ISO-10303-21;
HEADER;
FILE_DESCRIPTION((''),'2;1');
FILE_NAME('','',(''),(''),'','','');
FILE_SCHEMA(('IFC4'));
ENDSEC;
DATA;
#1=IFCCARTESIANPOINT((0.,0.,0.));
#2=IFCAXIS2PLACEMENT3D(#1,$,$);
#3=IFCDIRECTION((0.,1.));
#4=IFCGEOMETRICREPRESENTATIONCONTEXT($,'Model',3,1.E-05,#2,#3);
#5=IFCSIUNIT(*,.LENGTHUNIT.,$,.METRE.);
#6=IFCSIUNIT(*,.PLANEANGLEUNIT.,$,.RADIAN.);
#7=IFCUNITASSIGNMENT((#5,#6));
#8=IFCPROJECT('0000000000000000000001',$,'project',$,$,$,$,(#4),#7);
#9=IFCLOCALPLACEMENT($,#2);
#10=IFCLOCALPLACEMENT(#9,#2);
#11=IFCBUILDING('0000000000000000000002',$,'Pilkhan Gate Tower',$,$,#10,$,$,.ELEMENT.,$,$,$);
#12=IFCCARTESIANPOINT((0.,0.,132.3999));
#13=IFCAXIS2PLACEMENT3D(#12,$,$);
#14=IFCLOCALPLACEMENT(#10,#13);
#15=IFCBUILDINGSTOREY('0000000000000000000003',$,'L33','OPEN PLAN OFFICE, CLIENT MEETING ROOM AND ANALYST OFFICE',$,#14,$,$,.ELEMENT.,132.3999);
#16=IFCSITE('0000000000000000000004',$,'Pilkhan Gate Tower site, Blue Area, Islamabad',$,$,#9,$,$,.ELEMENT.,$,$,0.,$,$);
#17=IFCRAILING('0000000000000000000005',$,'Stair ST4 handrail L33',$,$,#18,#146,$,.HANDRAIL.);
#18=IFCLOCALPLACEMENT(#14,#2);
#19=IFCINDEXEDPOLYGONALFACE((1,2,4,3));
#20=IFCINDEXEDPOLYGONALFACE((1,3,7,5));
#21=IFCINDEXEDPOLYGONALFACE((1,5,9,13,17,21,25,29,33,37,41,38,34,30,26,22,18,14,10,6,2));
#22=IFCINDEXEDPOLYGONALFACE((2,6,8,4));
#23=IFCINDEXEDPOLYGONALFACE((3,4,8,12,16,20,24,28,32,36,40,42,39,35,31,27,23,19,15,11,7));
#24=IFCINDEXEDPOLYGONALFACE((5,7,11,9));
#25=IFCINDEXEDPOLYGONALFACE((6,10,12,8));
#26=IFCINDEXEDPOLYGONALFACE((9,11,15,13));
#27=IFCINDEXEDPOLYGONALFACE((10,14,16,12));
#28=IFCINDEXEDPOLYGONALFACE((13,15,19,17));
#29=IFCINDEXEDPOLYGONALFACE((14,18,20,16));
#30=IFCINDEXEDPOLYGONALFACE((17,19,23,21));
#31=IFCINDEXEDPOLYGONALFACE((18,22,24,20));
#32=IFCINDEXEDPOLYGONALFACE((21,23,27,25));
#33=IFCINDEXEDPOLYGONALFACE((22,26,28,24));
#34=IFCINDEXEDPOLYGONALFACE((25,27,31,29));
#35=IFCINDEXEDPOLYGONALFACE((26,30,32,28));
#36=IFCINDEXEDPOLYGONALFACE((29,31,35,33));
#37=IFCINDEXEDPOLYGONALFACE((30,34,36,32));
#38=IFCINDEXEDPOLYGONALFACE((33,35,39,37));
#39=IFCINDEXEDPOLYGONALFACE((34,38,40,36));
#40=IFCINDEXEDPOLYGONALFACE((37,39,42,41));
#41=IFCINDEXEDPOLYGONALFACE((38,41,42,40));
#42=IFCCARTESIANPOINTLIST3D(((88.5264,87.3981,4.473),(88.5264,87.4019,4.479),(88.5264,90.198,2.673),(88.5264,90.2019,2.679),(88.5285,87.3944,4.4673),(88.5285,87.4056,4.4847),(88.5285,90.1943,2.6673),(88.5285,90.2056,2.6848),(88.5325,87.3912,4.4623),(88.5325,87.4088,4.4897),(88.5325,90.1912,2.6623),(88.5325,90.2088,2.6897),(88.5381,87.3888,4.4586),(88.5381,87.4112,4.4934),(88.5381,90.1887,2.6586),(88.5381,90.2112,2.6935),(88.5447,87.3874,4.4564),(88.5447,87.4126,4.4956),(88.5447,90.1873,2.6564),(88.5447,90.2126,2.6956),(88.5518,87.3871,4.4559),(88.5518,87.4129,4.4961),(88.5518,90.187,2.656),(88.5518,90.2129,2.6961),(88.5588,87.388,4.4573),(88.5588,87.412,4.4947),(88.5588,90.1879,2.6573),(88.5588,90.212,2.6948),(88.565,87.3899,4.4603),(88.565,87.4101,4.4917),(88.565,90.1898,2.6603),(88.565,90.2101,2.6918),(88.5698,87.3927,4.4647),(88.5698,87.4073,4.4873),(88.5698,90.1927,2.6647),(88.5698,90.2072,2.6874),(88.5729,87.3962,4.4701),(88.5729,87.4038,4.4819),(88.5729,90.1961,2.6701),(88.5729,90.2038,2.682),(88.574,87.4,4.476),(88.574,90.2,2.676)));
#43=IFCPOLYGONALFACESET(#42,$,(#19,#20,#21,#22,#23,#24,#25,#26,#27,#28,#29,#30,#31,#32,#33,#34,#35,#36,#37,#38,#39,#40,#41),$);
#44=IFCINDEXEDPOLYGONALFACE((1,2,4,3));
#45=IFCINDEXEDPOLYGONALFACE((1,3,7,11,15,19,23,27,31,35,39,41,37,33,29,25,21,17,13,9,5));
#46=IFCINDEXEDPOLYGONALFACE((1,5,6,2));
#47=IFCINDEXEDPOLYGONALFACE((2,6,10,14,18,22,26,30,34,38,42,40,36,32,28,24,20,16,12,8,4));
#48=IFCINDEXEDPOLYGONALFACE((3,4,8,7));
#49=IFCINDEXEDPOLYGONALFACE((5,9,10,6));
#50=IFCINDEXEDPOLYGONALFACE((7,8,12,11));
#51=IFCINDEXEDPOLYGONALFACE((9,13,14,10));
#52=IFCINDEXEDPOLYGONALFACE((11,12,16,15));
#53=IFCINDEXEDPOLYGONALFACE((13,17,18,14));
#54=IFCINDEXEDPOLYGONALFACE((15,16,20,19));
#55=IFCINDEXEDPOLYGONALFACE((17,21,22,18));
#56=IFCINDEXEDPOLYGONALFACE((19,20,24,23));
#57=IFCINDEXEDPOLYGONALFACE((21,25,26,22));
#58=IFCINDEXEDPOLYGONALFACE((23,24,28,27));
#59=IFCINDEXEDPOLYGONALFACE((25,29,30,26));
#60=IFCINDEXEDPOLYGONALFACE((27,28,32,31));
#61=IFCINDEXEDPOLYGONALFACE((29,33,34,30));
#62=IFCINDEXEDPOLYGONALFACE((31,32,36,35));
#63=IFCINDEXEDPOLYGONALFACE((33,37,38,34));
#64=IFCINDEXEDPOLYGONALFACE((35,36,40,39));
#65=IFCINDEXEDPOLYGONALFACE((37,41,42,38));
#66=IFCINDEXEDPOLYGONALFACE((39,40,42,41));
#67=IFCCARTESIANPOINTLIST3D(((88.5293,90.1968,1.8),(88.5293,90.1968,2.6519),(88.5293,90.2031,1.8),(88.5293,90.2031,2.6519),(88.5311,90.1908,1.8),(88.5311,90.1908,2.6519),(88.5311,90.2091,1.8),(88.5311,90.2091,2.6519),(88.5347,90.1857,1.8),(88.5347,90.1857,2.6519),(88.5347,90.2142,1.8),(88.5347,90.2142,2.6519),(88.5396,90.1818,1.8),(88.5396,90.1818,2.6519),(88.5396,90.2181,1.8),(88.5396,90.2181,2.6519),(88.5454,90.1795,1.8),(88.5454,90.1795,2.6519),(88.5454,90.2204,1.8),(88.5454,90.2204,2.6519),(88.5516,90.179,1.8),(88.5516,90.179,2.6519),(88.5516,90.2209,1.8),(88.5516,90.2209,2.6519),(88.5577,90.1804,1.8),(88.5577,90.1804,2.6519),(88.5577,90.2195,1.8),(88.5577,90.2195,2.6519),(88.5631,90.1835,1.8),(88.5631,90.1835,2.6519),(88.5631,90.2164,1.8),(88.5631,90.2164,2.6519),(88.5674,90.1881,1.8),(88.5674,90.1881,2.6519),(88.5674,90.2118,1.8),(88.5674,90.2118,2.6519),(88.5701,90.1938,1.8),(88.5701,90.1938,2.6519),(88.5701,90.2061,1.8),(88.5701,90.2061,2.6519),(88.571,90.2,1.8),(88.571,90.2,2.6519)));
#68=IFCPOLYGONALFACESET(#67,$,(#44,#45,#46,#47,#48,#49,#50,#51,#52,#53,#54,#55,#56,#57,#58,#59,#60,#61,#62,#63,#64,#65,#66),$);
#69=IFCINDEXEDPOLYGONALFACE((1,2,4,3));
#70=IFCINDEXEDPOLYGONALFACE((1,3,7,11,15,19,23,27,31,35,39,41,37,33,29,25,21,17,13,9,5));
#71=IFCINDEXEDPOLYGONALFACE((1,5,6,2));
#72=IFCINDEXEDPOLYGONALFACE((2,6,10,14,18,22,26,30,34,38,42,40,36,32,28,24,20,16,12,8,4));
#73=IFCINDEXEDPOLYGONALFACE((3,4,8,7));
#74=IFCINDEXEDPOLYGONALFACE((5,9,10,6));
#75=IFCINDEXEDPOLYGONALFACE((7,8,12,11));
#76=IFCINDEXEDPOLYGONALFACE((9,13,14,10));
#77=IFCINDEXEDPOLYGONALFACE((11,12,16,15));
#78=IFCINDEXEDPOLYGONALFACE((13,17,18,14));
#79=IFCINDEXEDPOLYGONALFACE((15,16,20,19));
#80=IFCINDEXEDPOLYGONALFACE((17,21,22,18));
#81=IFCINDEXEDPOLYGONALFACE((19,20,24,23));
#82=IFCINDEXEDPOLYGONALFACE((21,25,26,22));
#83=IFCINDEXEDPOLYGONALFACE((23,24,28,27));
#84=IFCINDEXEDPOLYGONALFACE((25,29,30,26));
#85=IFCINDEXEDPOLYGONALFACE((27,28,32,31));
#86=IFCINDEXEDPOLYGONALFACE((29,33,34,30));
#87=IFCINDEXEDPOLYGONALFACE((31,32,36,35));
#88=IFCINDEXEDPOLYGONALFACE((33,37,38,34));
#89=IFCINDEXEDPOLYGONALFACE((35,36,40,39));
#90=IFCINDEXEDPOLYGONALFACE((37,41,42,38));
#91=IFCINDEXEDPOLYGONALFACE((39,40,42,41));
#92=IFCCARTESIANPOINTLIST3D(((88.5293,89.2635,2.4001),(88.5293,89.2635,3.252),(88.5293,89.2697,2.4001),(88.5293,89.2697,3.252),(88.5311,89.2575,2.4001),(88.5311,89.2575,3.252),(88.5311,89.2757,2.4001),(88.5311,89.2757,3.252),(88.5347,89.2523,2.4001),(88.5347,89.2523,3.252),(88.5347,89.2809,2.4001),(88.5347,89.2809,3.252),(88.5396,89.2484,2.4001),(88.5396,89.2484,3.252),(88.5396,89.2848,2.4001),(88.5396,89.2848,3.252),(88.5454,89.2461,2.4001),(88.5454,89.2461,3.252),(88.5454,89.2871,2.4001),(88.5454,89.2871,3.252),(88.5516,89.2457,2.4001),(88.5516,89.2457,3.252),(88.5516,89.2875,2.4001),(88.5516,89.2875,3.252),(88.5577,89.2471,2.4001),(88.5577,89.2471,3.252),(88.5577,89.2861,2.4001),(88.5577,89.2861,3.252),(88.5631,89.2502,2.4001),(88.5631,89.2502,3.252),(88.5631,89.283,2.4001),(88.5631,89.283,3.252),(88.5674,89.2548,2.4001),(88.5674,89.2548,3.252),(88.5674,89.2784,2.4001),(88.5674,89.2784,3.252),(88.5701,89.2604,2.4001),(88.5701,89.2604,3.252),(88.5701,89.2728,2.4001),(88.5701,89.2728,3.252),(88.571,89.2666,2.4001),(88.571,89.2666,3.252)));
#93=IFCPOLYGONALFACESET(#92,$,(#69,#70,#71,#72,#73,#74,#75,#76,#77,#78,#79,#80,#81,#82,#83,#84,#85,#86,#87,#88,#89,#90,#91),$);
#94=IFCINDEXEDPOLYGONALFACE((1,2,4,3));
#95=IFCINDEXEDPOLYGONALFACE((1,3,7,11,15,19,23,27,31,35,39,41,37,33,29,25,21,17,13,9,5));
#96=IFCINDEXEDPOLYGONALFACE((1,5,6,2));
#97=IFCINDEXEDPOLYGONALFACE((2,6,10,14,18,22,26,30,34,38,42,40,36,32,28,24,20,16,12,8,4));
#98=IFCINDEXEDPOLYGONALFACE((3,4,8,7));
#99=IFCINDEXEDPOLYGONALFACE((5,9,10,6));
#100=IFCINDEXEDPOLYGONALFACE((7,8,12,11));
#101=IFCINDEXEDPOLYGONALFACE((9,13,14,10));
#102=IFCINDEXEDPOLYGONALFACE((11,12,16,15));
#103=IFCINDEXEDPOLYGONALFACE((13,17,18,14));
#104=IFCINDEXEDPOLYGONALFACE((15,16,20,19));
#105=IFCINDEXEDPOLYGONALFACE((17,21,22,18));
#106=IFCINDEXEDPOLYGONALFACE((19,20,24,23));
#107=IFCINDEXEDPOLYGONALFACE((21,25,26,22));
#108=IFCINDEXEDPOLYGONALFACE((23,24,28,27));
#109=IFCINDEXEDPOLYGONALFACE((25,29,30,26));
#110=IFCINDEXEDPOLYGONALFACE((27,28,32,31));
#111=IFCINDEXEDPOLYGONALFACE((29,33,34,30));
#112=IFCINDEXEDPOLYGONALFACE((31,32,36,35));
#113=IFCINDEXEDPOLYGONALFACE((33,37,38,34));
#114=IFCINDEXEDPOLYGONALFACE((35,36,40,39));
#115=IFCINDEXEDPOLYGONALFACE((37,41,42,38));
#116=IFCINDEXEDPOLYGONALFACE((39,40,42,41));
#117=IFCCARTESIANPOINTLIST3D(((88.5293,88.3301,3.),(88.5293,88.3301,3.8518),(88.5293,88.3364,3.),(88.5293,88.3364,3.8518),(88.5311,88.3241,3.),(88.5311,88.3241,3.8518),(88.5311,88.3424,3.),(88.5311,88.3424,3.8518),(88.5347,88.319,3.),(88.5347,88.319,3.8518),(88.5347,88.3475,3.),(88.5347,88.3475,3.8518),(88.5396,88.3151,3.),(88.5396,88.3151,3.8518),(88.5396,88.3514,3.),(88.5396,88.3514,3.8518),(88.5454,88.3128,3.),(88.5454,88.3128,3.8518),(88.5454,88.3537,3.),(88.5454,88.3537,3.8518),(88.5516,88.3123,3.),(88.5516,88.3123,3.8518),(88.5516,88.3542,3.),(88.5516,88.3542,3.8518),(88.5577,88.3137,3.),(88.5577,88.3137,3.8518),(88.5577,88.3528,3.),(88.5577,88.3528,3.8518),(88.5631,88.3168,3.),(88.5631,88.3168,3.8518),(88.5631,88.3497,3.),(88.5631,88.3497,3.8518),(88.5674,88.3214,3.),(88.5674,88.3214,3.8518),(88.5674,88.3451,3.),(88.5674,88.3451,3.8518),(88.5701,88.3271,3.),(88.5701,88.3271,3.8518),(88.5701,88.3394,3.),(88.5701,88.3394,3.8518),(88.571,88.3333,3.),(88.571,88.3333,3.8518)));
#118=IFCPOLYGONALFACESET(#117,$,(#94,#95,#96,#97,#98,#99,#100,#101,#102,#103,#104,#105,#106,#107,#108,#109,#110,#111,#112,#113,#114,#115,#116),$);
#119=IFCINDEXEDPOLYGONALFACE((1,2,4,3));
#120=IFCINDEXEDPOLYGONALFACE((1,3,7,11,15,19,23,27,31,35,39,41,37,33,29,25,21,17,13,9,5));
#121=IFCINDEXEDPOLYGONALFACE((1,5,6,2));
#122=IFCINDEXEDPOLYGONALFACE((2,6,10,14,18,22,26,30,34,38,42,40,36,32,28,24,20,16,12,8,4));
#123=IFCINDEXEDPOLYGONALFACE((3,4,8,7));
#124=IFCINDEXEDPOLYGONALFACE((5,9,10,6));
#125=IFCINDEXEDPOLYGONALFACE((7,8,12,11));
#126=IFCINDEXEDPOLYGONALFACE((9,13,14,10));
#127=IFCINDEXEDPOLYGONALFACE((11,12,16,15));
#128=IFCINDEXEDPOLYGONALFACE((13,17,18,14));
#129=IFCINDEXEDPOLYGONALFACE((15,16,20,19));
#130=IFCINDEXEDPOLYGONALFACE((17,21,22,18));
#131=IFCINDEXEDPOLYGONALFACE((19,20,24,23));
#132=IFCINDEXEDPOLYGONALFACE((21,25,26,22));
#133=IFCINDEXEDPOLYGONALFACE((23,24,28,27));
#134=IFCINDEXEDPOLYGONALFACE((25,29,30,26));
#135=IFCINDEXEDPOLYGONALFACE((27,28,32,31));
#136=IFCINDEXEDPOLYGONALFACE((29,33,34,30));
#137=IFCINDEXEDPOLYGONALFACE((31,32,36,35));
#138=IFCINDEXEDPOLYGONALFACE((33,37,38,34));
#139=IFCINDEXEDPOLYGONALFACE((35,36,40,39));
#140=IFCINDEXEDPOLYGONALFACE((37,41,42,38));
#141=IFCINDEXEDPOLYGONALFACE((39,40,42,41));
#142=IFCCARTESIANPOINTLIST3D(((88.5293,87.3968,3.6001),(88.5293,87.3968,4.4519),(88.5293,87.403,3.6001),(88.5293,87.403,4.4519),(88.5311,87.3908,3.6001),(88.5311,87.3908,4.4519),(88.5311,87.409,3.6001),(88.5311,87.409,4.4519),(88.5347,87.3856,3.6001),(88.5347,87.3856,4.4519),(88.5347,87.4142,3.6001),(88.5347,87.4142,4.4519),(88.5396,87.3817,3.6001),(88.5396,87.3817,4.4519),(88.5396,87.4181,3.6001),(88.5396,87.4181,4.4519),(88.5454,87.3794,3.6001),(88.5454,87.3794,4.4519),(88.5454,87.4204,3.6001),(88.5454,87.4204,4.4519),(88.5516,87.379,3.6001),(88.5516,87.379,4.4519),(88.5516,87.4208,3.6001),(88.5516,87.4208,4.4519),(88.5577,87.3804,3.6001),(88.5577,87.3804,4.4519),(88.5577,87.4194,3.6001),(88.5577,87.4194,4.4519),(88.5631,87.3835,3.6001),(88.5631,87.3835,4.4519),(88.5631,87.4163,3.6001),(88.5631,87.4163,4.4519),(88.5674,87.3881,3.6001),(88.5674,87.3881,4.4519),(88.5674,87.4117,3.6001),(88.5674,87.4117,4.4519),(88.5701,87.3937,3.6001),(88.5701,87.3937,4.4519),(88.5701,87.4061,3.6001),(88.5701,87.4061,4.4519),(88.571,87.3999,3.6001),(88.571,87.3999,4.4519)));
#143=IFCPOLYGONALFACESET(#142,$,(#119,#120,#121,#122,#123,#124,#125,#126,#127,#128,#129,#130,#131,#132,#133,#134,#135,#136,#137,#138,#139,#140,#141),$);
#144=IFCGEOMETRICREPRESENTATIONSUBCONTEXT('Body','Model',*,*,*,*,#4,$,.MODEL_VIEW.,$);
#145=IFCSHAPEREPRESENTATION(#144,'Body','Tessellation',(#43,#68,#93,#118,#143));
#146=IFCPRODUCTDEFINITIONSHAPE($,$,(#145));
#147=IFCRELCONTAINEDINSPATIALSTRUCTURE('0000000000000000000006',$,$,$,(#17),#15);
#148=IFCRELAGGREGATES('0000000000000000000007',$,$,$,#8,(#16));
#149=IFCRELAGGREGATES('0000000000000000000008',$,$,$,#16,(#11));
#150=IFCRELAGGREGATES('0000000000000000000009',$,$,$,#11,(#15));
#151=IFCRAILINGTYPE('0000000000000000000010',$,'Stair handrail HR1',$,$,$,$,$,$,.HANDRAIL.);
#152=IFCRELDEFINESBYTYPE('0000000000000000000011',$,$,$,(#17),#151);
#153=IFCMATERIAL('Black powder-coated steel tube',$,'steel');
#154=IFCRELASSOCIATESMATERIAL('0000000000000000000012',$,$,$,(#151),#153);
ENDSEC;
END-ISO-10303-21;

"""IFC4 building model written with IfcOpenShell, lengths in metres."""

from ifc_helpers import new_model, si_unit, direction, frame, origin, origin_2d, place, context, subcontext, project, spatial, circle, extrude, material, type_object, element, save


model = new_model("IFC4")

# Units and contexts
model_context = context("Model", 3, precision=1e-05, world=origin(), true_north=direction((0.0, 1.0)))
body_context = subcontext(model_context, "Body", "Model", "MODEL_VIEW")
ifc_project = project(units=[si_unit("LENGTHUNIT", "METRE"), si_unit("PLANEANGLEUNIT", "RADIAN")], contexts=[model_context])

# Site, building, storey
site_placement = place(None, origin())
site = spatial("IfcSite", under=ifc_project, at=site_placement, Name="Pilkhan Gate Tower site, Blue Area, Islamabad", CompositionType="ELEMENT", RefElevation=0.0)
building_placement = place(site_placement, origin())
building = spatial("IfcBuilding", under=site, at=building_placement, Name="Pilkhan Gate Tower", CompositionType="ELEMENT")
storey_placement = place(building_placement, frame((0.0, 0.0, 132.3999)))
storey = spatial("IfcBuildingStorey", under=building, at=storey_placement, Name="L33", Description="OPEN PLAN OFFICE, CLIENT MEETING ROOM AND ANALYST OFFICE", CompositionType="ELEMENT", Elevation=132.3999)

# Railing
ifc_material_1 = material(Name="Black powder-coated steel tube", Category="steel")
railing_type_1 = type_object("IfcRailingType", Name="Stair handrail HR1", PredefinedType="HANDRAIL", material=ifc_material_1)
railing_1_placement = place(storey_placement, frame((88.55, 90.2, 1.8)))
element("IfcRailing", 1, at=railing_1_placement, inside=storey, type_object=railing_type_1, Name="Stair ST4 handrail L33", PredefinedType="HANDRAIL", context=body_context, shape_type="SweptSolid", body=[
    extrude(circle(Radius=0.0239, at=origin_2d()), frame((0.0, 0.0, 0.876), z_axis=(0.0, -0.841176, 0.540761), x_axis=(1.0, 0.0, 0.0)), (0.0, 0.0, 1.0), 3.3286),
    extrude(circle(Radius=0.021, at=origin_2d()), origin(), (0.0, 0.0, 1.0), 0.8518),
    extrude(circle(Radius=0.021, at=origin_2d()), frame((0.0, -0.9333, 0.6001)), (0.0, 0.0, 1.0), 0.8518),
    extrude(circle(Radius=0.021, at=origin_2d()), frame((0.0, -1.8667, 1.2)), (0.0, 0.0, 1.0), 0.8518),
    extrude(circle(Radius=0.021, at=origin_2d()), frame((0.0, -2.8, 1.8)), (0.0, 0.0, 1.0), 0.8518),
])

save(model, "model.ifc")
